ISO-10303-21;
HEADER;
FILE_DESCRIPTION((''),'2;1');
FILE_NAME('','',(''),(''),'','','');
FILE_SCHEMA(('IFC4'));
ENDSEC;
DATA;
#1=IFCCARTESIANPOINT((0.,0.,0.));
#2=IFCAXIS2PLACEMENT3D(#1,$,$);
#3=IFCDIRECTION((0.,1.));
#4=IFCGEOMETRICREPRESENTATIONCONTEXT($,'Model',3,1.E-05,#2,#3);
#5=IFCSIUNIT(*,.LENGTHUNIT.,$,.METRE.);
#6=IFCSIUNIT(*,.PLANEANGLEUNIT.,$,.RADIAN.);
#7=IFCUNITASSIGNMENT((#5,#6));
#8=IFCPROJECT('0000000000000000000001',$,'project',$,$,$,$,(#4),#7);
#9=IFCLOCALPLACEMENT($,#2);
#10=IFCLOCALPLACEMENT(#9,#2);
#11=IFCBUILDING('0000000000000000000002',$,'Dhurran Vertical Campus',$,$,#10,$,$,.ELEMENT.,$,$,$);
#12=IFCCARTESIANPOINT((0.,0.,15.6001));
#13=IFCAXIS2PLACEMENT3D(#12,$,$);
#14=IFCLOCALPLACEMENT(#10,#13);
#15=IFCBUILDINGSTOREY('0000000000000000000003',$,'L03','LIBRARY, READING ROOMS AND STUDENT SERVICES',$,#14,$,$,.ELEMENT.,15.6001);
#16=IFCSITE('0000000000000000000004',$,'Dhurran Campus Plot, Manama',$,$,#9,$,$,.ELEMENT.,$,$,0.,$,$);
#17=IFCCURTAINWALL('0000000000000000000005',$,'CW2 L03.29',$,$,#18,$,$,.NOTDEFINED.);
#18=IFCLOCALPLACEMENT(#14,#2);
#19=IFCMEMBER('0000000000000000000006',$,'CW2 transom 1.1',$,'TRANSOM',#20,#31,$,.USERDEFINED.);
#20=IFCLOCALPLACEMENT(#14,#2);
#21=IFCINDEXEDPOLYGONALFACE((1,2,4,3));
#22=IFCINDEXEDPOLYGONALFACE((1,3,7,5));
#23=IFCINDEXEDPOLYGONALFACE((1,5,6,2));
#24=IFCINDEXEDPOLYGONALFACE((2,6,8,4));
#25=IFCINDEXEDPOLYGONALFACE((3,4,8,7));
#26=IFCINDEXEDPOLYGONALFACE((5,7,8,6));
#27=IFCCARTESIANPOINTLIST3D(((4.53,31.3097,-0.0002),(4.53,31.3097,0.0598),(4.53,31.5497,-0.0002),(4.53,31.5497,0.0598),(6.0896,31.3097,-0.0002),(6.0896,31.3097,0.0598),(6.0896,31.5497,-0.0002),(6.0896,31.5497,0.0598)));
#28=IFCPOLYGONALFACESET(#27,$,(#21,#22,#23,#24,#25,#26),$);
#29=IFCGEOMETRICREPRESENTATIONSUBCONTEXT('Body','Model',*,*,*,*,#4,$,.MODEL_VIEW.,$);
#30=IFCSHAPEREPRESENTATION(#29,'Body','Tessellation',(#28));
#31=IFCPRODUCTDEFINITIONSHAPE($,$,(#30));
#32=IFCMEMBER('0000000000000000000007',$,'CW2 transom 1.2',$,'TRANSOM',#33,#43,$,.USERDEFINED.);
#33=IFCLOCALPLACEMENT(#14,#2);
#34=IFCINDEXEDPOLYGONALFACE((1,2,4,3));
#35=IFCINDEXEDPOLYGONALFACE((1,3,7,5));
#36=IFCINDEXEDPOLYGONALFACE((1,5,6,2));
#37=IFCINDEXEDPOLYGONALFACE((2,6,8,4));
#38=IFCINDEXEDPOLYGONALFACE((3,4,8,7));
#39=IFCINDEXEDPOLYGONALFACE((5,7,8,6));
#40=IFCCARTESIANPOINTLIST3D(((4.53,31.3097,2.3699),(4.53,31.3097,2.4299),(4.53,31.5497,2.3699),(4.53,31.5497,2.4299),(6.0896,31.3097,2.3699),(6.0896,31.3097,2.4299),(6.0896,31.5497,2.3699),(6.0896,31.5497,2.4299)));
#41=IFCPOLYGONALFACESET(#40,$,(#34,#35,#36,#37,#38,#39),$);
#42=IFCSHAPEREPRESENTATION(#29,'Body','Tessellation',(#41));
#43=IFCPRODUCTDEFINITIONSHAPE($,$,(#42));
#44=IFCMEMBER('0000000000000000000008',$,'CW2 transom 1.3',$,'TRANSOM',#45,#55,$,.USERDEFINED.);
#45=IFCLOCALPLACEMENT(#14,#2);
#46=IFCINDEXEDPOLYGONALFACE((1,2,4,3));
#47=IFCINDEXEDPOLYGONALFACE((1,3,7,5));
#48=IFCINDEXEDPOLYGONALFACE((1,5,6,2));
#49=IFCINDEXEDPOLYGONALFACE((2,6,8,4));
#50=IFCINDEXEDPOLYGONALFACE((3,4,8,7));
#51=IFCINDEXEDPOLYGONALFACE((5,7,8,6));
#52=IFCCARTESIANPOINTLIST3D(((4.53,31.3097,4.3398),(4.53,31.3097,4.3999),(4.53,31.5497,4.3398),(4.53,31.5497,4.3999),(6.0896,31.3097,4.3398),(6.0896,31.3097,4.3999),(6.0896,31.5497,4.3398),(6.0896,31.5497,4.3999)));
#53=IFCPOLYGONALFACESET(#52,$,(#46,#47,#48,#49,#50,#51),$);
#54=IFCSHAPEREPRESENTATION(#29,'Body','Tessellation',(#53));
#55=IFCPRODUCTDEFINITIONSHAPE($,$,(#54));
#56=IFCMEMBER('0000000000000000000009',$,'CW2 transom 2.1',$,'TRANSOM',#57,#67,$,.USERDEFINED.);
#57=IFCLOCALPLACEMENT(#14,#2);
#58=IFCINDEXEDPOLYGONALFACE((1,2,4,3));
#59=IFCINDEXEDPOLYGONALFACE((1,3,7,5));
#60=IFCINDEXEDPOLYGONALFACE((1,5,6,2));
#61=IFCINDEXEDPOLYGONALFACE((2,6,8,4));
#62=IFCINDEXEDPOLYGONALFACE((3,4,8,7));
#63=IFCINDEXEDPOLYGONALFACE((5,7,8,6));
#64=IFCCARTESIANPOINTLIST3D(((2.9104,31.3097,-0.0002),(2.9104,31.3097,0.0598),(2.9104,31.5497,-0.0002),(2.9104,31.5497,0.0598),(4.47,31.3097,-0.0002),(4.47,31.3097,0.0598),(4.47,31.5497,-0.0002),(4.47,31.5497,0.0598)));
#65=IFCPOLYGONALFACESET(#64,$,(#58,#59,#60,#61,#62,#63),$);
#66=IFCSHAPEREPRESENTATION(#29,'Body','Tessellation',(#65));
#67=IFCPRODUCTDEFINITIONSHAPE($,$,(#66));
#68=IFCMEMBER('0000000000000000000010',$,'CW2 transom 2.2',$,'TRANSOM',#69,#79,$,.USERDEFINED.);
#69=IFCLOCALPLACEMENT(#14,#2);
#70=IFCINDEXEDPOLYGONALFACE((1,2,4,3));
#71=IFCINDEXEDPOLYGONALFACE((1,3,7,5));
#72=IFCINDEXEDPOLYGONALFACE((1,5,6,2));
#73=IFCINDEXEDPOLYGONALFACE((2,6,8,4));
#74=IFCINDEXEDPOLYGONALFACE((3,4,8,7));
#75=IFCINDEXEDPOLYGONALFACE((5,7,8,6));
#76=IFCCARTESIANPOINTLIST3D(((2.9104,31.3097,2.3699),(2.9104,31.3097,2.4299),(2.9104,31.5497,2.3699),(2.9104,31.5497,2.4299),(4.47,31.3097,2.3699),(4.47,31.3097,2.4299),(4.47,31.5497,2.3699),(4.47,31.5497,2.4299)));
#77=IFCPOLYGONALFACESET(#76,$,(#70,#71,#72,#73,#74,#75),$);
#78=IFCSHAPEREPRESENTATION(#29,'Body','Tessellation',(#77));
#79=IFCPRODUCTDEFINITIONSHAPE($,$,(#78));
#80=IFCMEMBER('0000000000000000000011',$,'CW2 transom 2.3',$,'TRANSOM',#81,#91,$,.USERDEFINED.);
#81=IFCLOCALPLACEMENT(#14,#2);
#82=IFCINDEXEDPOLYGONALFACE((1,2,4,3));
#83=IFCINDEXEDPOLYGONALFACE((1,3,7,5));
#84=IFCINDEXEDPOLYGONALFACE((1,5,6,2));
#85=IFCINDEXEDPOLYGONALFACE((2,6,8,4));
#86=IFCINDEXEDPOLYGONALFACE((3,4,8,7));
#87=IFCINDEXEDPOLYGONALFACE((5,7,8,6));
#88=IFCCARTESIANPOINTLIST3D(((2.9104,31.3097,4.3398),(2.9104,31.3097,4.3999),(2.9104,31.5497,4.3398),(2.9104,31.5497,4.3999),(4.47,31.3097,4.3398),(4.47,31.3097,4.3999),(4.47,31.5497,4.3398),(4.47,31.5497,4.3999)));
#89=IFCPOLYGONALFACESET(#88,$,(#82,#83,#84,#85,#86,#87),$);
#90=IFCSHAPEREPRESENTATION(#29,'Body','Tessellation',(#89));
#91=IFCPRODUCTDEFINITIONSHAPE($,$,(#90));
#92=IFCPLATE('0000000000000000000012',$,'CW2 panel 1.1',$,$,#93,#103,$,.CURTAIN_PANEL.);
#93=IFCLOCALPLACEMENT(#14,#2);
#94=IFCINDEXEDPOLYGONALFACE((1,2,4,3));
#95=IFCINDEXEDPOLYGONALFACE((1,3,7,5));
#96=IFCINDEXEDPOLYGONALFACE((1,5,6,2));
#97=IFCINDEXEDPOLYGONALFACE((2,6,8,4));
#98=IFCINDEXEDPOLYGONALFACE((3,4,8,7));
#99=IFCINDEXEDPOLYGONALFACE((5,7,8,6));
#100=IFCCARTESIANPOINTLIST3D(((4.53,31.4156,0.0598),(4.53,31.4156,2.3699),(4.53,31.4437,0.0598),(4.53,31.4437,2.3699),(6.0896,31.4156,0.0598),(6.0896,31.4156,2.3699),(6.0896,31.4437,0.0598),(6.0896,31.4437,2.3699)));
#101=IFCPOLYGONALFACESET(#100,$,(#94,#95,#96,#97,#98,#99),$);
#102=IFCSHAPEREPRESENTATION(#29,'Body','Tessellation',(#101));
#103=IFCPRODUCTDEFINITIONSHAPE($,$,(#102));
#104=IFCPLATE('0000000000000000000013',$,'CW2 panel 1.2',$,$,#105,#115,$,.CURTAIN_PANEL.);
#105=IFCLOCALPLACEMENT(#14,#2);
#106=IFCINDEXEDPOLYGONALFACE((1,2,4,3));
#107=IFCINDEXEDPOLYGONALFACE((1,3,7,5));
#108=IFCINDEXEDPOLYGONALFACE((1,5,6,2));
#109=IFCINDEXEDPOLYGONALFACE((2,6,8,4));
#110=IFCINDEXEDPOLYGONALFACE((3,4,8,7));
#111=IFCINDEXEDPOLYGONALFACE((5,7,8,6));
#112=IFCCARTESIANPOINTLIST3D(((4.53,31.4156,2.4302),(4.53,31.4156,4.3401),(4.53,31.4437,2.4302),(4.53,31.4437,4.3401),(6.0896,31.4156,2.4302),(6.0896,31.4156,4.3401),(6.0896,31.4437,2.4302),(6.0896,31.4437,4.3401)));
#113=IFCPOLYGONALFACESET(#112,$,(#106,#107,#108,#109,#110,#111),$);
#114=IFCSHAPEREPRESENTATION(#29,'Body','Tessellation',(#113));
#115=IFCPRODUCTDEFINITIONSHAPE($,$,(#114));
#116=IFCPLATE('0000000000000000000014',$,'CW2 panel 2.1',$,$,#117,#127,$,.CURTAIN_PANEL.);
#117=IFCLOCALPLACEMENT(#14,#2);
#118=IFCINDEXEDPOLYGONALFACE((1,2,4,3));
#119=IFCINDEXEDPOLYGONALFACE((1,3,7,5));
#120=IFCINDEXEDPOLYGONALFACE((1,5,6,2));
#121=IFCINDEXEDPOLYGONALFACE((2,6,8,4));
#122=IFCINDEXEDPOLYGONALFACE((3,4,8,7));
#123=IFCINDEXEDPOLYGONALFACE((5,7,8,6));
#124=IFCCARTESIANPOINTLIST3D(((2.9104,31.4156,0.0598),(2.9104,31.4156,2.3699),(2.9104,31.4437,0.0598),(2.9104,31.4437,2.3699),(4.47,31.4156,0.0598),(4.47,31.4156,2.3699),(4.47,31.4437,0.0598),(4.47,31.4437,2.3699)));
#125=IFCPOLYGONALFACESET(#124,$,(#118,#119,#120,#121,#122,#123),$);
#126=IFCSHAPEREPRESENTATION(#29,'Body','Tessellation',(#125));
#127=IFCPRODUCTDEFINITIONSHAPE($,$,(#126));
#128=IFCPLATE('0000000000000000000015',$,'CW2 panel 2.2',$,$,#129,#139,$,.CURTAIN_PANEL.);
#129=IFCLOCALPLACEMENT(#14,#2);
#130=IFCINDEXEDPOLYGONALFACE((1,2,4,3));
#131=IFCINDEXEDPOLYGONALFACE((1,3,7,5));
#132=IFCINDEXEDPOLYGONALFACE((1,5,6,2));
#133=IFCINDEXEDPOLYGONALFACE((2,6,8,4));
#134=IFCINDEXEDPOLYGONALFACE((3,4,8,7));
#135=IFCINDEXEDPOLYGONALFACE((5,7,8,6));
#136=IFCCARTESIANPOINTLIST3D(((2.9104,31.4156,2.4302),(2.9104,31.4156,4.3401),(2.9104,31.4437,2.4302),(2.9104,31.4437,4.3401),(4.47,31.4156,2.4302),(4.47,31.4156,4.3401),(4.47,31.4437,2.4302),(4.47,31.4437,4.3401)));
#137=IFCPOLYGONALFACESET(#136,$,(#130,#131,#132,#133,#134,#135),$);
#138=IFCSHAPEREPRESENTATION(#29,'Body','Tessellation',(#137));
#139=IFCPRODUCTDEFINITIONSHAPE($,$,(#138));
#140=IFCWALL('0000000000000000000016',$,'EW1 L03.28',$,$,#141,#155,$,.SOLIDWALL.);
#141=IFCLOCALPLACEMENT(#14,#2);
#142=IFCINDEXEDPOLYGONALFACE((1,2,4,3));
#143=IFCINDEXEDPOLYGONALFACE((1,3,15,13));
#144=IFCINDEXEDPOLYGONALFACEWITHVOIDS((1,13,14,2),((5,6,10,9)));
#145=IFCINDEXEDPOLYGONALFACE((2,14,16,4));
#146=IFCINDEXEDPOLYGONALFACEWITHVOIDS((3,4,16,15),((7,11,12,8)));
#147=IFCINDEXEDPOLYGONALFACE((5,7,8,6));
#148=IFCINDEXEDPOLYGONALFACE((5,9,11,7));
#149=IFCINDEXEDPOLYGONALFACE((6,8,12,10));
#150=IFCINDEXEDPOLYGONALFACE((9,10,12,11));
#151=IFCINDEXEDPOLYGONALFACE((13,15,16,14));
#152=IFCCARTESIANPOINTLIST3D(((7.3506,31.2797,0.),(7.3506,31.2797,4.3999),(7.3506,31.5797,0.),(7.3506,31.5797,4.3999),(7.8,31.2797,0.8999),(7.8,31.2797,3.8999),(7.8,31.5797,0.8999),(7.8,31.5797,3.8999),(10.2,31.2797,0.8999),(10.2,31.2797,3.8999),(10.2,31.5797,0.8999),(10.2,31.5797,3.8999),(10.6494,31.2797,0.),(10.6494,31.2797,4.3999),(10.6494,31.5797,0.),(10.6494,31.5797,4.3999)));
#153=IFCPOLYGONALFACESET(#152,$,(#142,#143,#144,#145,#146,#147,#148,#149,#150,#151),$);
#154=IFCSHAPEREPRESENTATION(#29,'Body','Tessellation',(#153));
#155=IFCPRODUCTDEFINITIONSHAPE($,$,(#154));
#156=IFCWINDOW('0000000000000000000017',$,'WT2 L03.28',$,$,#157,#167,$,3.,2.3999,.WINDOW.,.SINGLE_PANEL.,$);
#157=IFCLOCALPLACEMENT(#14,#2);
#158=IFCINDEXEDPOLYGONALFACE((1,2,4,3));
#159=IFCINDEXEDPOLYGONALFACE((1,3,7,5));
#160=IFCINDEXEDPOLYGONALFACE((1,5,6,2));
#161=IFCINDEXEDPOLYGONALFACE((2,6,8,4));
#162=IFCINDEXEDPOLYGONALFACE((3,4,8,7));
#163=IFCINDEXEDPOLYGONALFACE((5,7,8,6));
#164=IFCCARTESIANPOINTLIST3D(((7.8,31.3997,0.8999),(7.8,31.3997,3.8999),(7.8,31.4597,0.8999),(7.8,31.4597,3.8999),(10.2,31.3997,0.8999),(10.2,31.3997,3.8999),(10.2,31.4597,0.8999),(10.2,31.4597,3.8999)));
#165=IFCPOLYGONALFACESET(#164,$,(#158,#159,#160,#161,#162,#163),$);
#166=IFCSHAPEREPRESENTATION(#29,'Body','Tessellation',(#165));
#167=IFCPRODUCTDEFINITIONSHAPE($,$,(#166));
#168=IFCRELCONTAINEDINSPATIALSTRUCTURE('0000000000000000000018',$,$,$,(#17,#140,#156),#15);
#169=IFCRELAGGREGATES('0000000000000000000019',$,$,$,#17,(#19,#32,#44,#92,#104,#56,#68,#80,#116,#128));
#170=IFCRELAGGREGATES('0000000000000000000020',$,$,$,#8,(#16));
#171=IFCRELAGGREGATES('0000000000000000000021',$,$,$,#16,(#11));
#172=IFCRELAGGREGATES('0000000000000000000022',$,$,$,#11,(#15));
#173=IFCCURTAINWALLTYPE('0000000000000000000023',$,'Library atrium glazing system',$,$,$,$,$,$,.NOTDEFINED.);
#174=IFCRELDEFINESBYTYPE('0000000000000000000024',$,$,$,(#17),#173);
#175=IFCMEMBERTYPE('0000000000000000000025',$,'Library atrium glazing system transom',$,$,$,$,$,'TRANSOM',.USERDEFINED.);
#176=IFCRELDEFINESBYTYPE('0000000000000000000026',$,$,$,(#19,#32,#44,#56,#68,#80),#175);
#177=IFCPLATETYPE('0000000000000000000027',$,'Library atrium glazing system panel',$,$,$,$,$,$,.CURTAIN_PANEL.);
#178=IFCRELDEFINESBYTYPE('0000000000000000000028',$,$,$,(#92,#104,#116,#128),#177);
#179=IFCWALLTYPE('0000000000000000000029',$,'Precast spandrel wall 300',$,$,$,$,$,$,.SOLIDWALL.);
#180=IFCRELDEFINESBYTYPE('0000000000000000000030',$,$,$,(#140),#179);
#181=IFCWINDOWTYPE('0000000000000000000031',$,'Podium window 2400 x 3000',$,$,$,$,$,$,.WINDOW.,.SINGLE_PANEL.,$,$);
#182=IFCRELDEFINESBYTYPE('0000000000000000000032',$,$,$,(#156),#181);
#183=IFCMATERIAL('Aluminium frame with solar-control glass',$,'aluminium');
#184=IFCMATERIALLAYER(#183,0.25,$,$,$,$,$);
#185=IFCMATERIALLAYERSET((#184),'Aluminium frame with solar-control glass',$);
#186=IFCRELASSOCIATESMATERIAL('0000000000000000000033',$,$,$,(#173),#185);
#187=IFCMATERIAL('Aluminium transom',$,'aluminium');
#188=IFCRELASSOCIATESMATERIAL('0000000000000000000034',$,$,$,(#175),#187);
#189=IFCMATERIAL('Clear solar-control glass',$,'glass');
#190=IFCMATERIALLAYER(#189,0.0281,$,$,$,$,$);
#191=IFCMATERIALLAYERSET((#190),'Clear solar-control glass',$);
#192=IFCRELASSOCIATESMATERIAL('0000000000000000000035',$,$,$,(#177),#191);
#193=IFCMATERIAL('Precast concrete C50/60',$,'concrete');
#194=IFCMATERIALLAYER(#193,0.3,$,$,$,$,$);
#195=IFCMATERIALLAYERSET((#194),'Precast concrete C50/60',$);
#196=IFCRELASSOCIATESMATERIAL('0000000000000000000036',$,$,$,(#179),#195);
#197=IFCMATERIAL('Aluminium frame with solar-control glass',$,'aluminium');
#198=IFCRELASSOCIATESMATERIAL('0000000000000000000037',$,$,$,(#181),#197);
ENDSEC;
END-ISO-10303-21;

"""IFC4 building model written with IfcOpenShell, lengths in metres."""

from ifc_helpers import new_model, si_unit, direction, frame, frame_2d, origin, origin_2d, place, context, subcontext, project, spatial, rectangle, extrude, material, layer, layer_set, material_profile, profile_set, type_object, element, fill, aggregate, save


model = new_model("IFC4")

# Units and contexts
model_context = context("Model", 3, precision=1e-05, world=origin(), true_north=direction((0.0, 1.0)))
body_context = subcontext(model_context, "Body", "Model", "MODEL_VIEW")
ifc_project = project(units=[si_unit("LENGTHUNIT", "METRE"), si_unit("PLANEANGLEUNIT", "RADIAN")], contexts=[model_context])

# Site, building, storey
site_placement = place(None, origin())
site = spatial("IfcSite", under=ifc_project, at=site_placement, Name="Dhurran Campus Plot, Manama", CompositionType="ELEMENT", RefElevation=0.0)
building_placement = place(site_placement, origin())
building = spatial("IfcBuilding", under=site, at=building_placement, Name="Dhurran Vertical Campus", CompositionType="ELEMENT")
storey_placement = place(building_placement, frame((0.0, 0.0, 15.6001)))
storey = spatial("IfcBuildingStorey", under=building, at=storey_placement, Name="L03", Description="LIBRARY, READING ROOMS AND STUDENT SERVICES", CompositionType="ELEMENT", Elevation=15.6001)

# Curtain wall, members, plates
ifc_material_1 = material(Name="Aluminium frame with solar-control glass", Category="aluminium")
ifc_layer_1 = layer(ifc_material_1, 0.25)
ifc_layer_set_1 = layer_set([ifc_layer_1], Name="Aluminium frame with solar-control glass")
curtain_wall_type = type_object("IfcCurtainWallType", Name="Library atrium glazing system", PredefinedType="NOTDEFINED", material=ifc_layer_set_1)
curtain_wall_placement = place(storey_placement, origin())
curtain_wall = element("IfcCurtainWall", 1, at=curtain_wall_placement, inside=storey, type_object=curtain_wall_type, Name="CW2 L03.29", PredefinedType="NOTDEFINED")
ifc_material_2 = material(Name="Aluminium transom", Category="aluminium")
ifc_material_profile_1 = material_profile(ifc_material_2, rectangle(XDim=0.24, YDim=0.0601, at=origin_2d()), Name="Library atrium glazing system transom")
ifc_profile_set_1 = profile_set([ifc_material_profile_1], Name="Aluminium transom")
member_type_1 = type_object("IfcMemberType", Name="Library atrium glazing system transom", ElementType="TRANSOM", PredefinedType="USERDEFINED", material=ifc_profile_set_1)
member_1_placement = place(storey_placement, frame((6.0896, 31.4297, 0.0298), z_axis=(-1.0, 0.0, 0.0), x_axis=(0.0, -1.0, 0.0)))
member_1 = element("IfcMember", 2, at=member_1_placement, type_object=member_type_1, Name="CW2 transom 1.1", ObjectType="TRANSOM", PredefinedType="USERDEFINED", context=body_context, shape_type="SweptSolid", body=[
    extrude(rectangle(XDim=0.24, YDim=0.0601, at=origin_2d()), origin(), (0.0, 0.0, 1.0), 1.5596),
])
member_2_placement = place(storey_placement, frame((6.0896, 31.4297, 2.3999), z_axis=(-1.0, 0.0, 0.0), x_axis=(0.0, -1.0, 0.0)))
member_2 = element("IfcMember", 3, at=member_2_placement, type_object=member_type_1, Name="CW2 transom 1.2", ObjectType="TRANSOM", PredefinedType="USERDEFINED", context=body_context, shape_type="SweptSolid", body=[
    extrude(rectangle(XDim=0.24, YDim=0.0601, at=origin_2d()), origin(), (0.0, 0.0, 1.0), 1.5596),
])
member_3_placement = place(storey_placement, frame((6.0896, 31.4297, 4.3699), z_axis=(-1.0, 0.0, 0.0), x_axis=(0.0, -1.0, 0.0)))
member_3 = element("IfcMember", 4, at=member_3_placement, type_object=member_type_1, Name="CW2 transom 1.3", ObjectType="TRANSOM", PredefinedType="USERDEFINED", context=body_context, shape_type="SweptSolid", body=[
    extrude(rectangle(XDim=0.24, YDim=0.0601, at=origin_2d()), origin(), (0.0, 0.0, 1.0), 1.5596),
])
member_4_placement = place(storey_placement, frame((4.47, 31.4297, 0.0298), z_axis=(-1.0, 0.0, 0.0), x_axis=(0.0, -1.0, 0.0)))
member_4 = element("IfcMember", 5, at=member_4_placement, type_object=member_type_1, Name="CW2 transom 2.1", ObjectType="TRANSOM", PredefinedType="USERDEFINED", context=body_context, shape_type="SweptSolid", body=[
    extrude(rectangle(XDim=0.24, YDim=0.0601, at=origin_2d()), origin(), (0.0, 0.0, 1.0), 1.5596),
])
member_5_placement = place(storey_placement, frame((4.47, 31.4297, 2.3999), z_axis=(-1.0, 0.0, 0.0), x_axis=(0.0, -1.0, 0.0)))
member_5 = element("IfcMember", 6, at=member_5_placement, type_object=member_type_1, Name="CW2 transom 2.2", ObjectType="TRANSOM", PredefinedType="USERDEFINED", context=body_context, shape_type="SweptSolid", body=[
    extrude(rectangle(XDim=0.24, YDim=0.0601, at=origin_2d()), origin(), (0.0, 0.0, 1.0), 1.5596),
])
member_6_placement = place(storey_placement, frame((4.47, 31.4297, 4.3699), z_axis=(-1.0, 0.0, 0.0), x_axis=(0.0, -1.0, 0.0)))
member_6 = element("IfcMember", 7, at=member_6_placement, type_object=member_type_1, Name="CW2 transom 2.3", ObjectType="TRANSOM", PredefinedType="USERDEFINED", context=body_context, shape_type="SweptSolid", body=[
    extrude(rectangle(XDim=0.24, YDim=0.0601, at=origin_2d()), origin(), (0.0, 0.0, 1.0), 1.5596),
])
ifc_material_3 = material(Name="Clear solar-control glass", Category="glass")
ifc_layer_2 = layer(ifc_material_3, 0.0281)
ifc_layer_set_2 = layer_set([ifc_layer_2], Name="Clear solar-control glass")
plate_type = type_object("IfcPlateType", Name="Library atrium glazing system panel", PredefinedType="CURTAIN_PANEL", material=ifc_layer_set_2)
plate_1_placement = place(storey_placement, frame((5.3098, 31.4297, 0.0598), z_axis=(0.0, 0.0, 1.0), x_axis=(-1.0, 0.0, 0.0)))
plate_1 = element("IfcPlate", 8, at=plate_1_placement, type_object=plate_type, Name="CW2 panel 1.1", PredefinedType="CURTAIN_PANEL", context=body_context, shape_type="SweptSolid", body=[
    extrude(rectangle(XDim=1.5596, YDim=0.0281, at=origin_2d()), origin(), (0.0, 0.0, 1.0), 2.3101),
])
plate_2_placement = place(storey_placement, frame((5.3098, 31.4297, 2.4302), z_axis=(0.0, 0.0, 1.0), x_axis=(-1.0, 0.0, 0.0)))
plate_2 = element("IfcPlate", 9, at=plate_2_placement, type_object=plate_type, Name="CW2 panel 1.2", PredefinedType="CURTAIN_PANEL", context=body_context, shape_type="SweptSolid", body=[
    extrude(rectangle(XDim=1.5596, YDim=0.0281, at=origin_2d()), origin(), (0.0, 0.0, 1.0), 1.9099),
])
plate_3_placement = place(storey_placement, frame((3.6902, 31.4297, 0.0598), z_axis=(0.0, 0.0, 1.0), x_axis=(-1.0, 0.0, 0.0)))
plate_3 = element("IfcPlate", 10, at=plate_3_placement, type_object=plate_type, Name="CW2 panel 2.1", PredefinedType="CURTAIN_PANEL", context=body_context, shape_type="SweptSolid", body=[
    extrude(rectangle(XDim=1.5596, YDim=0.0281, at=origin_2d()), origin(), (0.0, 0.0, 1.0), 2.3101),
])
plate_4_placement = place(storey_placement, frame((3.6902, 31.4297, 2.4302), z_axis=(0.0, 0.0, 1.0), x_axis=(-1.0, 0.0, 0.0)))
plate_4 = element("IfcPlate", 11, at=plate_4_placement, type_object=plate_type, Name="CW2 panel 2.2", PredefinedType="CURTAIN_PANEL", context=body_context, shape_type="SweptSolid", body=[
    extrude(rectangle(XDim=1.5596, YDim=0.0281, at=origin_2d()), origin(), (0.0, 0.0, 1.0), 1.9099),
])
aggregate(curtain_wall, [member_1, member_2, member_3, plate_1, plate_2, member_4, member_5, member_6, plate_3, plate_4])

# Wall, opening, window
ifc_material_4 = material(Name="Precast concrete C50/60", Category="concrete")
ifc_layer_3 = layer(ifc_material_4, 0.3)
ifc_layer_set_3 = layer_set([ifc_layer_3], Name="Precast concrete C50/60")
wall_type_1 = type_object("IfcWallType", Name="Precast spandrel wall 300", PredefinedType="SOLIDWALL", material=ifc_layer_set_3)
wall_1_placement = place(storey_placement, frame((10.6494, 31.4297, 0.0), z_axis=(0.0, 0.0, 1.0), x_axis=(-1.0, 0.0, 0.0)))
wall_1 = element("IfcWall", 12, at=wall_1_placement, inside=storey, type_object=wall_type_1, Name="EW1 L03.28", PredefinedType="SOLIDWALL", context=body_context, shape_type="SweptSolid", body=[
    extrude(rectangle(XDim=3.2988, YDim=0.3, at=frame_2d((1.6494, 0.0))), origin(), (0.0, 0.0, 1.0), 4.3999),
])
opening_1_placement = place(wall_1_placement, frame((0.4495, 0.0, 0.8999)))
opening_1 = element("IfcOpeningElement", 13, at=opening_1_placement, cuts=wall_1, PredefinedType="OPENING", context=body_context, shape_type="SweptSolid", body=[
    extrude(rectangle(XDim=2.3999, YDim=3.0, at=frame_2d((1.2, 1.5))), frame((0.0, 0.1599, 0.0), z_axis=(0.0, -1.0, 0.0), x_axis=(1.0, 0.0, 0.0)), (0.0, 0.0, 1.0), 0.3201),
])
ifc_material_5 = material(Name="Aluminium frame with solar-control glass", Category="aluminium")
window_type = type_object("IfcWindowType", Name="Podium window 2400 x 3000", PartitioningType="SINGLE_PANEL", PredefinedType="WINDOW", material=ifc_material_5)
window_placement = place(opening_1_placement, origin())
window = element("IfcWindow", 14, at=window_placement, inside=storey, type_object=window_type, Name="WT2 L03.28", OverallHeight=3.0, OverallWidth=2.3999, PartitioningType="SINGLE_PANEL", PredefinedType="WINDOW", context=body_context, shape_type="SweptSolid", body=[
    extrude(rectangle(XDim=2.3999, YDim=3.0, at=frame_2d((1.2, 1.5))), frame((0.0, 0.03, 0.0), z_axis=(0.0, -1.0, 0.0), x_axis=(1.0, 0.0, 0.0)), (0.0, 0.0, 1.0), 0.0601),
])
fill(opening_1, window)

save(model, "model.ifc")
